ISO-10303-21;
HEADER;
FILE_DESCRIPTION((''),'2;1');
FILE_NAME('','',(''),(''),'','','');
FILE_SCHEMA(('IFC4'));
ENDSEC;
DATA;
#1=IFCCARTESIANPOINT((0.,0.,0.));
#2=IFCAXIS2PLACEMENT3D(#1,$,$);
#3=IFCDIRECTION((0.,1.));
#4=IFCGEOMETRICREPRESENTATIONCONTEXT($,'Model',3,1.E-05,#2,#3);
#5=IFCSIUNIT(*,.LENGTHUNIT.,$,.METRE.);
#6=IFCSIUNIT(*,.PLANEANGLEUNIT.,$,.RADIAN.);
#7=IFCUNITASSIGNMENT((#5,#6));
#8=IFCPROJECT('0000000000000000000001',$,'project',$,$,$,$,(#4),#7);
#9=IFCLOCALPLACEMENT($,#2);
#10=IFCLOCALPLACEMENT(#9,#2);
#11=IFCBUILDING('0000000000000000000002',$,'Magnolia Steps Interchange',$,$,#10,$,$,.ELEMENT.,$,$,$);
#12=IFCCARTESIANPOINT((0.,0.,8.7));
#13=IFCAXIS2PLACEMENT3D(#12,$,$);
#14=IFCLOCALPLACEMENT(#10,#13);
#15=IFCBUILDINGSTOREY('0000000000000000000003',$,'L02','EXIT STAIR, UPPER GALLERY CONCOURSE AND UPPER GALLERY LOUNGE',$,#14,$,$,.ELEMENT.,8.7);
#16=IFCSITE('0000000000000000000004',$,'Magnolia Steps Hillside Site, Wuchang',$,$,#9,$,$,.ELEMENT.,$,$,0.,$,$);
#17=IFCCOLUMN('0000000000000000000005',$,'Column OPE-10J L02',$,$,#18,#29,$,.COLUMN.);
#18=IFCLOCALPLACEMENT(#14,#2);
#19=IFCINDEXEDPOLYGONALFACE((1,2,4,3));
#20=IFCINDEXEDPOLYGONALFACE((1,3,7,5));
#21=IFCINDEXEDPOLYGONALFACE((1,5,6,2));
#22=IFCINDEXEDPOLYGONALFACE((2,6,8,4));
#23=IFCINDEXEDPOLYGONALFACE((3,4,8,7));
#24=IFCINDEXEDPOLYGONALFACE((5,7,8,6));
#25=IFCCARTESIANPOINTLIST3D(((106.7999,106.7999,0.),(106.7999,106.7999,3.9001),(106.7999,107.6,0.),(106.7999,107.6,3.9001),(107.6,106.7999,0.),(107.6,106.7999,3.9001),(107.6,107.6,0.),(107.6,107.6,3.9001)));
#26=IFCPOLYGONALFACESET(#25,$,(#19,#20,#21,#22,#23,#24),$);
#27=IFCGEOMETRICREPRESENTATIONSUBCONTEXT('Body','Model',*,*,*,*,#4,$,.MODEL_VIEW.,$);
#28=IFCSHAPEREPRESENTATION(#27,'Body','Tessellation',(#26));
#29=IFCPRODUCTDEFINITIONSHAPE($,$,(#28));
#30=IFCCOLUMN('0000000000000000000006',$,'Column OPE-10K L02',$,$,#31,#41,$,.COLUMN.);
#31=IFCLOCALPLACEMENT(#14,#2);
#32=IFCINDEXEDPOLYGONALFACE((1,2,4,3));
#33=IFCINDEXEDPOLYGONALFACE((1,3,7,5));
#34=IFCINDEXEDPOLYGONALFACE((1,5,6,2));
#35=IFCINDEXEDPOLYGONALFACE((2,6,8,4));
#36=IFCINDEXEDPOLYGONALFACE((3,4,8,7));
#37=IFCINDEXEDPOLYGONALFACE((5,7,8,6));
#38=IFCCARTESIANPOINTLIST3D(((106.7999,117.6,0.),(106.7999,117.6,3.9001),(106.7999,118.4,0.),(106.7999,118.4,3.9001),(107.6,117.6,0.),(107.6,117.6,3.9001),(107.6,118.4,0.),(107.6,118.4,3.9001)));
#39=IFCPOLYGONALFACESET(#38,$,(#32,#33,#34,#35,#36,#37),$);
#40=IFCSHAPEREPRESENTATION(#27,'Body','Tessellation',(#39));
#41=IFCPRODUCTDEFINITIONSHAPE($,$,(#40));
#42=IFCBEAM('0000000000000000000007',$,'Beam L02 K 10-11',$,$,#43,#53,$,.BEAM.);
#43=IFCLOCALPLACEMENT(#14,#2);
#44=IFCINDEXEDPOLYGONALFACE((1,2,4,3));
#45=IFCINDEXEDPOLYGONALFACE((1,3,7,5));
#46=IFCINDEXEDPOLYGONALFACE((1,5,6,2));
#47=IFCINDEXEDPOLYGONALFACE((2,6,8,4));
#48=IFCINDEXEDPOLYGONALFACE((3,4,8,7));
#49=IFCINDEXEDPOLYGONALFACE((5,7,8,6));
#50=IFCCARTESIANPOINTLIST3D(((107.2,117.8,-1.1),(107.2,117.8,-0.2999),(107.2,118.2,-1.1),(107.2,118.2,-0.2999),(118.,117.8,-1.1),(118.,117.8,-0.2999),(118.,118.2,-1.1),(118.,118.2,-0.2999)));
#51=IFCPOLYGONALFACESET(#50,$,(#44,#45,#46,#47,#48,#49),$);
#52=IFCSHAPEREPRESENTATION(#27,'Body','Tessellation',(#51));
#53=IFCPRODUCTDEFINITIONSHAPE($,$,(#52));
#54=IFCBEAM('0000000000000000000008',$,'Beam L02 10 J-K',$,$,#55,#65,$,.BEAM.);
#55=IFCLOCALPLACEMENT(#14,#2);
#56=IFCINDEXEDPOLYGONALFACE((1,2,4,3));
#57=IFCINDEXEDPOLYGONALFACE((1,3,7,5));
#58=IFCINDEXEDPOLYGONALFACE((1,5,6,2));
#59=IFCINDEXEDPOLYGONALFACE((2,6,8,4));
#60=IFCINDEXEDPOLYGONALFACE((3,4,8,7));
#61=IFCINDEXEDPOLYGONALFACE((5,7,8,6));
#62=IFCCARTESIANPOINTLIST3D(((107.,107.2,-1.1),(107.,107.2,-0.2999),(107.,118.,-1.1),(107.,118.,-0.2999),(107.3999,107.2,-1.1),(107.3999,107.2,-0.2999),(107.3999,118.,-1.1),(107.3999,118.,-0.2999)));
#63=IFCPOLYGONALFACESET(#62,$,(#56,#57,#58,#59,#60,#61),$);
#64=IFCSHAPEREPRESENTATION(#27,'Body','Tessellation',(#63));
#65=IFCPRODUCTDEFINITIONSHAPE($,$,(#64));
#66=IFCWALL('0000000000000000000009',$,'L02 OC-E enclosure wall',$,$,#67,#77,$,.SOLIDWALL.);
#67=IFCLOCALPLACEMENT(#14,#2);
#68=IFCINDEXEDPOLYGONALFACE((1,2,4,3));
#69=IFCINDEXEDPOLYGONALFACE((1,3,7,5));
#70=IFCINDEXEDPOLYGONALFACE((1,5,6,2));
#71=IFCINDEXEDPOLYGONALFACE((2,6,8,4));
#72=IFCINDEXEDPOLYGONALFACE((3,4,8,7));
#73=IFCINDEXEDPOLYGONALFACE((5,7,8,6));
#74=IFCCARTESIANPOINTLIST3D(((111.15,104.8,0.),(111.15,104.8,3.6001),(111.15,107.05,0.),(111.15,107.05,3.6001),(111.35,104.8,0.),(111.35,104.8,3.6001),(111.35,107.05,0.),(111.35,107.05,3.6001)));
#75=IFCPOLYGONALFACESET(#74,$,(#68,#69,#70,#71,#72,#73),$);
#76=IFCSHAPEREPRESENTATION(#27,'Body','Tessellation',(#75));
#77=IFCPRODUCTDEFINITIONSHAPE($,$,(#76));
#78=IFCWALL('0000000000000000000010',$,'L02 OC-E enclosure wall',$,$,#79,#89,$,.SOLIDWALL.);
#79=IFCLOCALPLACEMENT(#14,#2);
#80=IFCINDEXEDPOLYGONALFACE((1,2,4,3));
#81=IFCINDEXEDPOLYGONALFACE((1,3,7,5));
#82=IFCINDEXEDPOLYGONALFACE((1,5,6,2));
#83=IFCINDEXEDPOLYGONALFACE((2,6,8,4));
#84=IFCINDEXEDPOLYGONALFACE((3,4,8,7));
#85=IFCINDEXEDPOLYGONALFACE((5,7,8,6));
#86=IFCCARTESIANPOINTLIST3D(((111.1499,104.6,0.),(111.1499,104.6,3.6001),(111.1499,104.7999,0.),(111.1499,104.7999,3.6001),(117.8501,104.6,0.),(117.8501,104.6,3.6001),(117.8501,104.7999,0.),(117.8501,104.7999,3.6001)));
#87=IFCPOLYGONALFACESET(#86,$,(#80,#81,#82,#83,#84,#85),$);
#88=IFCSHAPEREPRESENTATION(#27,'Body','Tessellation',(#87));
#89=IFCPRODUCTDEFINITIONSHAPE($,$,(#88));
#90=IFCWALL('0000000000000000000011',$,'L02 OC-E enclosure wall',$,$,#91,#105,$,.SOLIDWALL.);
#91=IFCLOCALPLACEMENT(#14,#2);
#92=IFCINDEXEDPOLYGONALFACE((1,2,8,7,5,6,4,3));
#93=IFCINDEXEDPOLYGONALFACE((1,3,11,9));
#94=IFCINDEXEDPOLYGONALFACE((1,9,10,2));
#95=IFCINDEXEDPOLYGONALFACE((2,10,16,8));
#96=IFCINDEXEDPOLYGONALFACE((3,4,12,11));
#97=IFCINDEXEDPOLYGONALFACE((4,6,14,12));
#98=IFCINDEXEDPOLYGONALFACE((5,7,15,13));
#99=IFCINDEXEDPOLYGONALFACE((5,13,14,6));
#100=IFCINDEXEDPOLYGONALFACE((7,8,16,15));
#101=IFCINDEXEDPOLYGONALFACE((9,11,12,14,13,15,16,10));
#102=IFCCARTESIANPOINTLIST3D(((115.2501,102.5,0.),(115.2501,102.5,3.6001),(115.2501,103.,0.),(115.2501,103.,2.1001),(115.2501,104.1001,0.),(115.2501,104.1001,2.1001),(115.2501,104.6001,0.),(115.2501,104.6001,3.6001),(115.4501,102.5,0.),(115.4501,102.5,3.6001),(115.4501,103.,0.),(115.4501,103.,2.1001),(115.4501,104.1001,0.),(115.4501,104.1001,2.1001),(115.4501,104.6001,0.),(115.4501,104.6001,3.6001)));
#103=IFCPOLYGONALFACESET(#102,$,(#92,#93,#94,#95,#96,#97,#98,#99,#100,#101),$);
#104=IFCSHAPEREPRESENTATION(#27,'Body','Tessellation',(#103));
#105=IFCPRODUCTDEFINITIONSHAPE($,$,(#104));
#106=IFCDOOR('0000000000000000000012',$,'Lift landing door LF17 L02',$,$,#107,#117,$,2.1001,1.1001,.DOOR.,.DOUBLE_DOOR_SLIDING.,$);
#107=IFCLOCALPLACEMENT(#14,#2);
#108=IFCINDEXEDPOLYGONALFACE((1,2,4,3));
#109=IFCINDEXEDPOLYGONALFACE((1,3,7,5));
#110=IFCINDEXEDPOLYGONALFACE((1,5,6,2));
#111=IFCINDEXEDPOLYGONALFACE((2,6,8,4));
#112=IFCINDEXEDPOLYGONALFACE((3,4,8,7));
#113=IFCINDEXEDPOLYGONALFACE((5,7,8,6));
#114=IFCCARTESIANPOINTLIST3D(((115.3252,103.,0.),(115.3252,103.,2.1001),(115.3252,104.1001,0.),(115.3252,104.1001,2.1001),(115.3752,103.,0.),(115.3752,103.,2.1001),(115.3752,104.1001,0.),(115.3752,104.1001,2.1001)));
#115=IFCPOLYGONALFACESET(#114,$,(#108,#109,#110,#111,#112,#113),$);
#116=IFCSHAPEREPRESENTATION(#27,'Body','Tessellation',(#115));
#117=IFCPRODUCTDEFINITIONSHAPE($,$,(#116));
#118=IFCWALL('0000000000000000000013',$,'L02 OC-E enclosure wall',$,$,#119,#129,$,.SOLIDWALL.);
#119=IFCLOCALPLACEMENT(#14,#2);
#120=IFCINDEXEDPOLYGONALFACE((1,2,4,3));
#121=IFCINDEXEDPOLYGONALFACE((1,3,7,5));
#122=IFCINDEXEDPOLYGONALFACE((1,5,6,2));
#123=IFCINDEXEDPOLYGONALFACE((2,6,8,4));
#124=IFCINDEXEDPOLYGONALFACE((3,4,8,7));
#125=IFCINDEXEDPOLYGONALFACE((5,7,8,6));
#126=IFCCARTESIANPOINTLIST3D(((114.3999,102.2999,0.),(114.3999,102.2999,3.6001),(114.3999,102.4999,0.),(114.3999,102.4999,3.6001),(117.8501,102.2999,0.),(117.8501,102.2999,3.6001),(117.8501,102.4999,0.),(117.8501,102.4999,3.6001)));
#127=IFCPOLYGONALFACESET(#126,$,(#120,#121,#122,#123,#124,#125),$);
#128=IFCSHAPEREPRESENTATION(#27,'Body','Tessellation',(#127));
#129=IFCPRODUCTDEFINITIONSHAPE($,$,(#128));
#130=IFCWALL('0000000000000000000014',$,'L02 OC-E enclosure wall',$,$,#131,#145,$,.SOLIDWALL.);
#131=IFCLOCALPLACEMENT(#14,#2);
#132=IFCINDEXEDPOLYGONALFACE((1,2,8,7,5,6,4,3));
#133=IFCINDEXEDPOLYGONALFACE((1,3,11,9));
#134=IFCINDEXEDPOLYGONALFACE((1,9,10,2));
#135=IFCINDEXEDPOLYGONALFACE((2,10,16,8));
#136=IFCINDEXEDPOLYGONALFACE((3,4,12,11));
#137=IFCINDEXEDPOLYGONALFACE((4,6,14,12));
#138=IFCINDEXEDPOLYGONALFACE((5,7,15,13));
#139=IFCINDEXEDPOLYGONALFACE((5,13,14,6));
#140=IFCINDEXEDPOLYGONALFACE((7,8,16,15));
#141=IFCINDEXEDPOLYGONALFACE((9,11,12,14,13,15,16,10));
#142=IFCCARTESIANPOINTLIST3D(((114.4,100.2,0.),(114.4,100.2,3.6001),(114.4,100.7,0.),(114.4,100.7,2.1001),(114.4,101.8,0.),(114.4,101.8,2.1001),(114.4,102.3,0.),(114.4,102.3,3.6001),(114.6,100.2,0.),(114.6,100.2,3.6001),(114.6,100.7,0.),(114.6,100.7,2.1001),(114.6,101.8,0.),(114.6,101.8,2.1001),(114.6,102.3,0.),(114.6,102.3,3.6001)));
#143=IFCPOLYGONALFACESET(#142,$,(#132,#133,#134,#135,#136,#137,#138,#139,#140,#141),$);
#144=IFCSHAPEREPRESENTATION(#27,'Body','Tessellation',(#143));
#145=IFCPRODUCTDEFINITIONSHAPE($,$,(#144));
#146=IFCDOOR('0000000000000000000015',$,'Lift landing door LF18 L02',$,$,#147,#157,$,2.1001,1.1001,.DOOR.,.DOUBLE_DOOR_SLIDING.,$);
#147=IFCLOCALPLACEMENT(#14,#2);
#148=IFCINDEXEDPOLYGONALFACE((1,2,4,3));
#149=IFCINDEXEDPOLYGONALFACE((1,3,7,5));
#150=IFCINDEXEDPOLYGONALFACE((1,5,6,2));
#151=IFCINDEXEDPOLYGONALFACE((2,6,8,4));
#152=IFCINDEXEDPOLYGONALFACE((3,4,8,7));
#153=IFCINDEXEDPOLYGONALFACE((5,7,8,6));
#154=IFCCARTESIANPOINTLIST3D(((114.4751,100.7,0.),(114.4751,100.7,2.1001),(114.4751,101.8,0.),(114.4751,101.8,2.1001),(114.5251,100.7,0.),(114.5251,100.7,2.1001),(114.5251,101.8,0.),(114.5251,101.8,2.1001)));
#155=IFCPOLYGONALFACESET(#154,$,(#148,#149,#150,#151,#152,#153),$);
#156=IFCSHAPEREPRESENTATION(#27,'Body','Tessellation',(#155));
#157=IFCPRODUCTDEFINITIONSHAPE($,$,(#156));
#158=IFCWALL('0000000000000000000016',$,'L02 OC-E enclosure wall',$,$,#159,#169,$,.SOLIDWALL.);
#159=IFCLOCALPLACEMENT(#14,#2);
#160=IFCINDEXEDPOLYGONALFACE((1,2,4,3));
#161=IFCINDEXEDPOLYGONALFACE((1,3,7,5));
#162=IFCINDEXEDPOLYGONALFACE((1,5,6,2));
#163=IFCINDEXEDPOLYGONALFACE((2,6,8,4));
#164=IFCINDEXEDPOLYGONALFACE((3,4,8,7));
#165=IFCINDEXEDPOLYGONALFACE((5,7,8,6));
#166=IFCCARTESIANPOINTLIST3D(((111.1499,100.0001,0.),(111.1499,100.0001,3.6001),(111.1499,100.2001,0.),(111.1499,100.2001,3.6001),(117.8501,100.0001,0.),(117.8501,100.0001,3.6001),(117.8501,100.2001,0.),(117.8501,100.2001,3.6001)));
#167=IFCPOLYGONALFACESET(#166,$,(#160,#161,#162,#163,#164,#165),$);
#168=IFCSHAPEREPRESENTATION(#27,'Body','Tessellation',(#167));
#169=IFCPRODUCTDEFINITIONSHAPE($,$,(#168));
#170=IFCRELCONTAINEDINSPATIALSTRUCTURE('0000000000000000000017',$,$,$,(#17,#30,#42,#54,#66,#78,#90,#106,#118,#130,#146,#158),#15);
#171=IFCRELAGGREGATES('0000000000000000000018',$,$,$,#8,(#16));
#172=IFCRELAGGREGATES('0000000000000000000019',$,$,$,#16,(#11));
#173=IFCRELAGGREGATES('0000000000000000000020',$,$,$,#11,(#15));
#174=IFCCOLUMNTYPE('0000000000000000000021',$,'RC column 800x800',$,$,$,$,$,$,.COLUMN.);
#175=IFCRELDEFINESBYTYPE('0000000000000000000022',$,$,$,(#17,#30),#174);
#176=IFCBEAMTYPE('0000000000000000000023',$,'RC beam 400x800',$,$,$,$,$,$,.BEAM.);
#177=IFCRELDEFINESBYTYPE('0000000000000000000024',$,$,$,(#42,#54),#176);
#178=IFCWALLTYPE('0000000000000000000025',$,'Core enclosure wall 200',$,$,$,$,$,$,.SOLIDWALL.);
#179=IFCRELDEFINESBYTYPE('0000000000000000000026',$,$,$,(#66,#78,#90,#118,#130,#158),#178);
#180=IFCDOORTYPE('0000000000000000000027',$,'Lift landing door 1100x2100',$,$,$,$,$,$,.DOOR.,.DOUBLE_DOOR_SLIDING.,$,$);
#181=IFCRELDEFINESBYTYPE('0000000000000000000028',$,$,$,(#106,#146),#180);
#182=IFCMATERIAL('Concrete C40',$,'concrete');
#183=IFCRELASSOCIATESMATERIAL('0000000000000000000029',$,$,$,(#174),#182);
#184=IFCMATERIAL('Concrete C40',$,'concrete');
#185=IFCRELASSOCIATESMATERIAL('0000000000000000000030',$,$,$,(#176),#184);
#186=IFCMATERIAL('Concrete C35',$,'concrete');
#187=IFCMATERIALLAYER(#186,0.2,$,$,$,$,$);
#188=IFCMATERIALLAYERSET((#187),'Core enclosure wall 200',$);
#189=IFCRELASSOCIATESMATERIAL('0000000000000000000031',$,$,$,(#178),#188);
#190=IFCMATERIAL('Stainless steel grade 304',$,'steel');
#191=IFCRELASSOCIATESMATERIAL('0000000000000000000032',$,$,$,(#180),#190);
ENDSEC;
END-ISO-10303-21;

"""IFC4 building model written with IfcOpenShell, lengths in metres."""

from ifc_helpers import new_model, si_unit, direction, frame, frame_2d, origin, origin_2d, place, context, subcontext, project, spatial, rectangle, extrude, material, layer, layer_set, material_profile, profile_set, type_object, element, fill, save


model = new_model("IFC4")

# Units and contexts
model_context = context("Model", 3, precision=1e-05, world=origin(), true_north=direction((0.0, 1.0)))
body_context = subcontext(model_context, "Body", "Model", "MODEL_VIEW")
ifc_project = project(units=[si_unit("LENGTHUNIT", "METRE"), si_unit("PLANEANGLEUNIT", "RADIAN")], contexts=[model_context])

# Site, building, storey
site_placement = place(None, origin())
site = spatial("IfcSite", under=ifc_project, at=site_placement, Name="Magnolia Steps Hillside Site, Wuchang", CompositionType="ELEMENT", RefElevation=0.0)
building_placement = place(site_placement, origin())
building = spatial("IfcBuilding", under=site, at=building_placement, Name="Magnolia Steps Interchange", CompositionType="ELEMENT")
storey_placement = place(building_placement, frame((0.0, 0.0, 8.7)))
storey = spatial("IfcBuildingStorey", under=building, at=storey_placement, Name="L02", Description="EXIT STAIR, UPPER GALLERY CONCOURSE AND UPPER GALLERY LOUNGE", CompositionType="ELEMENT", Elevation=8.7)

# Columns
ifc_material_1 = material(Name="Concrete C40", Category="concrete")
ifc_material_profile_1 = material_profile(ifc_material_1, rectangle(XDim=0.8, YDim=0.8, at=origin_2d()), Name="RC800x800")
ifc_profile_set_1 = profile_set([ifc_material_profile_1], Name="Concrete C40")
column_type = type_object("IfcColumnType", Name="RC column 800x800", PredefinedType="COLUMN", material=ifc_profile_set_1)
for number, where, z_axis, x_axis, name in (
    (1, (107.2, 107.2, 0.0), (0.0, 0.0, 1.0), (1.0, 0.0, 0.0), "Column OPE-10J L02"),
    (2, (107.2, 118.0, 0.0), (0.0, 0.0, 1.0), (1.0, 0.0, 0.0), "Column OPE-10K L02"),
):
    element("IfcColumn", number, at=place(storey_placement, frame(where, z_axis=z_axis, x_axis=x_axis)), inside=storey, type_object=column_type, Name=name, PredefinedType="COLUMN", context=body_context, shape_type="SweptSolid", body=[
        extrude(rectangle(XDim=0.8, YDim=0.8, at=origin_2d()), origin(), (0.0, 0.0, 1.0), 3.9001),
    ])

# Beams
ifc_material_2 = material(Name="Concrete C40", Category="concrete")
ifc_material_profile_2 = material_profile(ifc_material_2, rectangle(XDim=0.3999, YDim=0.8, at=origin_2d()), Name="RC400x800")
ifc_profile_set_2 = profile_set([ifc_material_profile_2], Name="Concrete C40")
beam_type = type_object("IfcBeamType", Name="RC beam 400x800", PredefinedType="BEAM", material=ifc_profile_set_2)
for number, where, z_axis, x_axis, name in (
    (3, (107.2, 118.0, -0.7), (1.0, 0.0, 0.0), (0.0, 1.0, 0.0), "Beam L02 K 10-11"),
    (4, (107.2, 107.2, -0.7), (0.0, 1.0, 0.0), (-1.0, 0.0, 0.0), "Beam L02 10 J-K"),
):
    element("IfcBeam", number, at=place(storey_placement, frame(where, z_axis=z_axis, x_axis=x_axis)), inside=storey, type_object=beam_type, Name=name, PredefinedType="BEAM", context=body_context, shape_type="SweptSolid", body=[
        extrude(rectangle(XDim=0.3999, YDim=0.8, at=origin_2d()), origin(), (0.0, 0.0, 1.0), 10.8),
    ])

# Walls
ifc_material_3 = material(Name="Concrete C35", Category="concrete")
ifc_layer_1 = layer(ifc_material_3, 0.2)
ifc_layer_set_1 = layer_set([ifc_layer_1], Name="Core enclosure wall 200")
wall_type_1 = type_object("IfcWallType", Name="Core enclosure wall 200", PredefinedType="SOLIDWALL", material=ifc_layer_set_1)
wall_1_placement = place(storey_placement, frame((111.25, 107.05, 0.0), z_axis=(0.0, 0.0, 1.0), x_axis=(0.0, -1.0, 0.0)))
element("IfcWall", 5, at=wall_1_placement, inside=storey, type_object=wall_type_1, Name="L02 OC-E enclosure wall", PredefinedType="SOLIDWALL", context=body_context, shape_type="SweptSolid", body=[
    extrude(rectangle(XDim=2.25, YDim=0.2, at=frame_2d((1.125, 0.0))), origin(), (0.0, 0.0, 1.0), 3.6001),
])
wall_2_placement = place(storey_placement, frame((111.1499, 104.7, 0.0), z_axis=(0.0, 0.0, 1.0), x_axis=(1.0, 0.0, 0.0)))
element("IfcWall", 6, at=wall_2_placement, inside=storey, type_object=wall_type_1, Name="L02 OC-E enclosure wall", PredefinedType="SOLIDWALL", context=body_context, shape_type="SweptSolid", body=[
    extrude(rectangle(XDim=6.7002, YDim=0.2, at=frame_2d((3.3501, 0.0))), origin(), (0.0, 0.0, 1.0), 3.6001),
])

# Wall, opening, door
wall_3_placement = place(storey_placement, frame((115.3501, 104.6001, 0.0), z_axis=(0.0, 0.0, 1.0), x_axis=(0.0, -1.0, 0.0)))
wall_3 = element("IfcWall", 7, at=wall_3_placement, inside=storey, type_object=wall_type_1, Name="L02 OC-E enclosure wall", PredefinedType="SOLIDWALL", context=body_context, shape_type="SweptSolid", body=[
    extrude(rectangle(XDim=2.1001, YDim=0.2, at=frame_2d((1.05, 0.0))), origin(), (0.0, 0.0, 1.0), 3.6001),
])
opening_1_placement = place(wall_3_placement, frame((0.5, 0.0, 0.0)))
opening_1 = element("IfcOpeningElement", 8, at=opening_1_placement, cuts=wall_3, PredefinedType="OPENING", context=body_context, shape_type="SweptSolid", body=[
    extrude(rectangle(XDim=1.1001, YDim=2.1001, at=frame_2d((0.55, 1.05))), frame((0.0, 0.1099, 0.0), z_axis=(0.0, -1.0, 0.0), x_axis=(1.0, 0.0, 0.0)), (0.0, 0.0, 1.0), 0.22),
])
ifc_material_4 = material(Name="Stainless steel grade 304", Category="steel")
door_type_1 = type_object("IfcDoorType", Name="Lift landing door 1100x2100", OperationType="DOUBLE_DOOR_SLIDING", PredefinedType="DOOR", material=ifc_material_4)
door_1_placement = place(opening_1_placement, frame((1.1001, 0.0, 0.0), z_axis=(0.0, 0.0, 1.0), x_axis=(-1.0, 0.0, 0.0)))
door_1 = element("IfcDoor", 9, at=door_1_placement, inside=storey, type_object=door_type_1, Name="Lift landing door LF17 L02", OperationType="DOUBLE_DOOR_SLIDING", OverallHeight=2.1001, OverallWidth=1.1001, PredefinedType="DOOR", context=body_context, shape_type="SweptSolid", body=[
    extrude(rectangle(XDim=1.1001, YDim=2.1001, at=frame_2d((0.55, 1.05))), frame((0.0, 0.0249, 0.0), z_axis=(0.0, -1.0, 0.0), x_axis=(1.0, 0.0, 0.0)), (0.0, 0.0, 1.0), 0.05),
])
fill(opening_1, door_1)

# Wall
wall_4_placement = place(storey_placement, frame((114.3999, 102.3999, 0.0), z_axis=(0.0, 0.0, 1.0), x_axis=(1.0, 0.0, 0.0)))
element("IfcWall", 10, at=wall_4_placement, inside=storey, type_object=wall_type_1, Name="L02 OC-E enclosure wall", PredefinedType="SOLIDWALL", context=body_context, shape_type="SweptSolid", body=[
    extrude(rectangle(XDim=3.4502, YDim=0.2, at=frame_2d((1.7251, 0.0))), origin(), (0.0, 0.0, 1.0), 3.6001),
])

# Wall, opening, door
wall_5_placement = place(storey_placement, frame((114.5, 102.3, 0.0), z_axis=(0.0, 0.0, 1.0), x_axis=(0.0, -1.0, 0.0)))
wall_5 = element("IfcWall", 11, at=wall_5_placement, inside=storey, type_object=wall_type_1, Name="L02 OC-E enclosure wall", PredefinedType="SOLIDWALL", context=body_context, shape_type="SweptSolid", body=[
    extrude(rectangle(XDim=2.1001, YDim=0.2, at=frame_2d((1.05, 0.0))), origin(), (0.0, 0.0, 1.0), 3.6001),
])
opening_2_placement = place(wall_5_placement, frame((0.5, 0.0, 0.0)))
opening_2 = element("IfcOpeningElement", 12, at=opening_2_placement, cuts=wall_5, PredefinedType="OPENING", context=body_context, shape_type="SweptSolid", body=[
    extrude(rectangle(XDim=1.1001, YDim=2.1001, at=frame_2d((0.55, 1.05))), frame((0.0, 0.1099, 0.0), z_axis=(0.0, -1.0, 0.0), x_axis=(1.0, 0.0, 0.0)), (0.0, 0.0, 1.0), 0.22),
])
door_2_placement = place(opening_2_placement, frame((1.1001, 0.0, 0.0), z_axis=(0.0, 0.0, 1.0), x_axis=(-1.0, 0.0, 0.0)))
door_2 = element("IfcDoor", 13, at=door_2_placement, inside=storey, type_object=door_type_1, Name="Lift landing door LF18 L02", OperationType="DOUBLE_DOOR_SLIDING", OverallHeight=2.1001, OverallWidth=1.1001, PredefinedType="DOOR", context=body_context, shape_type="SweptSolid", body=[
    extrude(rectangle(XDim=1.1001, YDim=2.1001, at=frame_2d((0.55, 1.05))), frame((0.0, 0.0249, 0.0), z_axis=(0.0, -1.0, 0.0), x_axis=(1.0, 0.0, 0.0)), (0.0, 0.0, 1.0), 0.05),
])
fill(opening_2, door_2)

# Wall
wall_6_placement = place(storey_placement, frame((111.1499, 100.1001, 0.0), z_axis=(0.0, 0.0, 1.0), x_axis=(1.0, 0.0, 0.0)))
element("IfcWall", 14, at=wall_6_placement, inside=storey, type_object=wall_type_1, Name="L02 OC-E enclosure wall", PredefinedType="SOLIDWALL", context=body_context, shape_type="SweptSolid", body=[
    extrude(rectangle(XDim=6.7002, YDim=0.2, at=frame_2d((3.3501, 0.0))), origin(), (0.0, 0.0, 1.0), 3.6001),
])

save(model, "model.ifc")
